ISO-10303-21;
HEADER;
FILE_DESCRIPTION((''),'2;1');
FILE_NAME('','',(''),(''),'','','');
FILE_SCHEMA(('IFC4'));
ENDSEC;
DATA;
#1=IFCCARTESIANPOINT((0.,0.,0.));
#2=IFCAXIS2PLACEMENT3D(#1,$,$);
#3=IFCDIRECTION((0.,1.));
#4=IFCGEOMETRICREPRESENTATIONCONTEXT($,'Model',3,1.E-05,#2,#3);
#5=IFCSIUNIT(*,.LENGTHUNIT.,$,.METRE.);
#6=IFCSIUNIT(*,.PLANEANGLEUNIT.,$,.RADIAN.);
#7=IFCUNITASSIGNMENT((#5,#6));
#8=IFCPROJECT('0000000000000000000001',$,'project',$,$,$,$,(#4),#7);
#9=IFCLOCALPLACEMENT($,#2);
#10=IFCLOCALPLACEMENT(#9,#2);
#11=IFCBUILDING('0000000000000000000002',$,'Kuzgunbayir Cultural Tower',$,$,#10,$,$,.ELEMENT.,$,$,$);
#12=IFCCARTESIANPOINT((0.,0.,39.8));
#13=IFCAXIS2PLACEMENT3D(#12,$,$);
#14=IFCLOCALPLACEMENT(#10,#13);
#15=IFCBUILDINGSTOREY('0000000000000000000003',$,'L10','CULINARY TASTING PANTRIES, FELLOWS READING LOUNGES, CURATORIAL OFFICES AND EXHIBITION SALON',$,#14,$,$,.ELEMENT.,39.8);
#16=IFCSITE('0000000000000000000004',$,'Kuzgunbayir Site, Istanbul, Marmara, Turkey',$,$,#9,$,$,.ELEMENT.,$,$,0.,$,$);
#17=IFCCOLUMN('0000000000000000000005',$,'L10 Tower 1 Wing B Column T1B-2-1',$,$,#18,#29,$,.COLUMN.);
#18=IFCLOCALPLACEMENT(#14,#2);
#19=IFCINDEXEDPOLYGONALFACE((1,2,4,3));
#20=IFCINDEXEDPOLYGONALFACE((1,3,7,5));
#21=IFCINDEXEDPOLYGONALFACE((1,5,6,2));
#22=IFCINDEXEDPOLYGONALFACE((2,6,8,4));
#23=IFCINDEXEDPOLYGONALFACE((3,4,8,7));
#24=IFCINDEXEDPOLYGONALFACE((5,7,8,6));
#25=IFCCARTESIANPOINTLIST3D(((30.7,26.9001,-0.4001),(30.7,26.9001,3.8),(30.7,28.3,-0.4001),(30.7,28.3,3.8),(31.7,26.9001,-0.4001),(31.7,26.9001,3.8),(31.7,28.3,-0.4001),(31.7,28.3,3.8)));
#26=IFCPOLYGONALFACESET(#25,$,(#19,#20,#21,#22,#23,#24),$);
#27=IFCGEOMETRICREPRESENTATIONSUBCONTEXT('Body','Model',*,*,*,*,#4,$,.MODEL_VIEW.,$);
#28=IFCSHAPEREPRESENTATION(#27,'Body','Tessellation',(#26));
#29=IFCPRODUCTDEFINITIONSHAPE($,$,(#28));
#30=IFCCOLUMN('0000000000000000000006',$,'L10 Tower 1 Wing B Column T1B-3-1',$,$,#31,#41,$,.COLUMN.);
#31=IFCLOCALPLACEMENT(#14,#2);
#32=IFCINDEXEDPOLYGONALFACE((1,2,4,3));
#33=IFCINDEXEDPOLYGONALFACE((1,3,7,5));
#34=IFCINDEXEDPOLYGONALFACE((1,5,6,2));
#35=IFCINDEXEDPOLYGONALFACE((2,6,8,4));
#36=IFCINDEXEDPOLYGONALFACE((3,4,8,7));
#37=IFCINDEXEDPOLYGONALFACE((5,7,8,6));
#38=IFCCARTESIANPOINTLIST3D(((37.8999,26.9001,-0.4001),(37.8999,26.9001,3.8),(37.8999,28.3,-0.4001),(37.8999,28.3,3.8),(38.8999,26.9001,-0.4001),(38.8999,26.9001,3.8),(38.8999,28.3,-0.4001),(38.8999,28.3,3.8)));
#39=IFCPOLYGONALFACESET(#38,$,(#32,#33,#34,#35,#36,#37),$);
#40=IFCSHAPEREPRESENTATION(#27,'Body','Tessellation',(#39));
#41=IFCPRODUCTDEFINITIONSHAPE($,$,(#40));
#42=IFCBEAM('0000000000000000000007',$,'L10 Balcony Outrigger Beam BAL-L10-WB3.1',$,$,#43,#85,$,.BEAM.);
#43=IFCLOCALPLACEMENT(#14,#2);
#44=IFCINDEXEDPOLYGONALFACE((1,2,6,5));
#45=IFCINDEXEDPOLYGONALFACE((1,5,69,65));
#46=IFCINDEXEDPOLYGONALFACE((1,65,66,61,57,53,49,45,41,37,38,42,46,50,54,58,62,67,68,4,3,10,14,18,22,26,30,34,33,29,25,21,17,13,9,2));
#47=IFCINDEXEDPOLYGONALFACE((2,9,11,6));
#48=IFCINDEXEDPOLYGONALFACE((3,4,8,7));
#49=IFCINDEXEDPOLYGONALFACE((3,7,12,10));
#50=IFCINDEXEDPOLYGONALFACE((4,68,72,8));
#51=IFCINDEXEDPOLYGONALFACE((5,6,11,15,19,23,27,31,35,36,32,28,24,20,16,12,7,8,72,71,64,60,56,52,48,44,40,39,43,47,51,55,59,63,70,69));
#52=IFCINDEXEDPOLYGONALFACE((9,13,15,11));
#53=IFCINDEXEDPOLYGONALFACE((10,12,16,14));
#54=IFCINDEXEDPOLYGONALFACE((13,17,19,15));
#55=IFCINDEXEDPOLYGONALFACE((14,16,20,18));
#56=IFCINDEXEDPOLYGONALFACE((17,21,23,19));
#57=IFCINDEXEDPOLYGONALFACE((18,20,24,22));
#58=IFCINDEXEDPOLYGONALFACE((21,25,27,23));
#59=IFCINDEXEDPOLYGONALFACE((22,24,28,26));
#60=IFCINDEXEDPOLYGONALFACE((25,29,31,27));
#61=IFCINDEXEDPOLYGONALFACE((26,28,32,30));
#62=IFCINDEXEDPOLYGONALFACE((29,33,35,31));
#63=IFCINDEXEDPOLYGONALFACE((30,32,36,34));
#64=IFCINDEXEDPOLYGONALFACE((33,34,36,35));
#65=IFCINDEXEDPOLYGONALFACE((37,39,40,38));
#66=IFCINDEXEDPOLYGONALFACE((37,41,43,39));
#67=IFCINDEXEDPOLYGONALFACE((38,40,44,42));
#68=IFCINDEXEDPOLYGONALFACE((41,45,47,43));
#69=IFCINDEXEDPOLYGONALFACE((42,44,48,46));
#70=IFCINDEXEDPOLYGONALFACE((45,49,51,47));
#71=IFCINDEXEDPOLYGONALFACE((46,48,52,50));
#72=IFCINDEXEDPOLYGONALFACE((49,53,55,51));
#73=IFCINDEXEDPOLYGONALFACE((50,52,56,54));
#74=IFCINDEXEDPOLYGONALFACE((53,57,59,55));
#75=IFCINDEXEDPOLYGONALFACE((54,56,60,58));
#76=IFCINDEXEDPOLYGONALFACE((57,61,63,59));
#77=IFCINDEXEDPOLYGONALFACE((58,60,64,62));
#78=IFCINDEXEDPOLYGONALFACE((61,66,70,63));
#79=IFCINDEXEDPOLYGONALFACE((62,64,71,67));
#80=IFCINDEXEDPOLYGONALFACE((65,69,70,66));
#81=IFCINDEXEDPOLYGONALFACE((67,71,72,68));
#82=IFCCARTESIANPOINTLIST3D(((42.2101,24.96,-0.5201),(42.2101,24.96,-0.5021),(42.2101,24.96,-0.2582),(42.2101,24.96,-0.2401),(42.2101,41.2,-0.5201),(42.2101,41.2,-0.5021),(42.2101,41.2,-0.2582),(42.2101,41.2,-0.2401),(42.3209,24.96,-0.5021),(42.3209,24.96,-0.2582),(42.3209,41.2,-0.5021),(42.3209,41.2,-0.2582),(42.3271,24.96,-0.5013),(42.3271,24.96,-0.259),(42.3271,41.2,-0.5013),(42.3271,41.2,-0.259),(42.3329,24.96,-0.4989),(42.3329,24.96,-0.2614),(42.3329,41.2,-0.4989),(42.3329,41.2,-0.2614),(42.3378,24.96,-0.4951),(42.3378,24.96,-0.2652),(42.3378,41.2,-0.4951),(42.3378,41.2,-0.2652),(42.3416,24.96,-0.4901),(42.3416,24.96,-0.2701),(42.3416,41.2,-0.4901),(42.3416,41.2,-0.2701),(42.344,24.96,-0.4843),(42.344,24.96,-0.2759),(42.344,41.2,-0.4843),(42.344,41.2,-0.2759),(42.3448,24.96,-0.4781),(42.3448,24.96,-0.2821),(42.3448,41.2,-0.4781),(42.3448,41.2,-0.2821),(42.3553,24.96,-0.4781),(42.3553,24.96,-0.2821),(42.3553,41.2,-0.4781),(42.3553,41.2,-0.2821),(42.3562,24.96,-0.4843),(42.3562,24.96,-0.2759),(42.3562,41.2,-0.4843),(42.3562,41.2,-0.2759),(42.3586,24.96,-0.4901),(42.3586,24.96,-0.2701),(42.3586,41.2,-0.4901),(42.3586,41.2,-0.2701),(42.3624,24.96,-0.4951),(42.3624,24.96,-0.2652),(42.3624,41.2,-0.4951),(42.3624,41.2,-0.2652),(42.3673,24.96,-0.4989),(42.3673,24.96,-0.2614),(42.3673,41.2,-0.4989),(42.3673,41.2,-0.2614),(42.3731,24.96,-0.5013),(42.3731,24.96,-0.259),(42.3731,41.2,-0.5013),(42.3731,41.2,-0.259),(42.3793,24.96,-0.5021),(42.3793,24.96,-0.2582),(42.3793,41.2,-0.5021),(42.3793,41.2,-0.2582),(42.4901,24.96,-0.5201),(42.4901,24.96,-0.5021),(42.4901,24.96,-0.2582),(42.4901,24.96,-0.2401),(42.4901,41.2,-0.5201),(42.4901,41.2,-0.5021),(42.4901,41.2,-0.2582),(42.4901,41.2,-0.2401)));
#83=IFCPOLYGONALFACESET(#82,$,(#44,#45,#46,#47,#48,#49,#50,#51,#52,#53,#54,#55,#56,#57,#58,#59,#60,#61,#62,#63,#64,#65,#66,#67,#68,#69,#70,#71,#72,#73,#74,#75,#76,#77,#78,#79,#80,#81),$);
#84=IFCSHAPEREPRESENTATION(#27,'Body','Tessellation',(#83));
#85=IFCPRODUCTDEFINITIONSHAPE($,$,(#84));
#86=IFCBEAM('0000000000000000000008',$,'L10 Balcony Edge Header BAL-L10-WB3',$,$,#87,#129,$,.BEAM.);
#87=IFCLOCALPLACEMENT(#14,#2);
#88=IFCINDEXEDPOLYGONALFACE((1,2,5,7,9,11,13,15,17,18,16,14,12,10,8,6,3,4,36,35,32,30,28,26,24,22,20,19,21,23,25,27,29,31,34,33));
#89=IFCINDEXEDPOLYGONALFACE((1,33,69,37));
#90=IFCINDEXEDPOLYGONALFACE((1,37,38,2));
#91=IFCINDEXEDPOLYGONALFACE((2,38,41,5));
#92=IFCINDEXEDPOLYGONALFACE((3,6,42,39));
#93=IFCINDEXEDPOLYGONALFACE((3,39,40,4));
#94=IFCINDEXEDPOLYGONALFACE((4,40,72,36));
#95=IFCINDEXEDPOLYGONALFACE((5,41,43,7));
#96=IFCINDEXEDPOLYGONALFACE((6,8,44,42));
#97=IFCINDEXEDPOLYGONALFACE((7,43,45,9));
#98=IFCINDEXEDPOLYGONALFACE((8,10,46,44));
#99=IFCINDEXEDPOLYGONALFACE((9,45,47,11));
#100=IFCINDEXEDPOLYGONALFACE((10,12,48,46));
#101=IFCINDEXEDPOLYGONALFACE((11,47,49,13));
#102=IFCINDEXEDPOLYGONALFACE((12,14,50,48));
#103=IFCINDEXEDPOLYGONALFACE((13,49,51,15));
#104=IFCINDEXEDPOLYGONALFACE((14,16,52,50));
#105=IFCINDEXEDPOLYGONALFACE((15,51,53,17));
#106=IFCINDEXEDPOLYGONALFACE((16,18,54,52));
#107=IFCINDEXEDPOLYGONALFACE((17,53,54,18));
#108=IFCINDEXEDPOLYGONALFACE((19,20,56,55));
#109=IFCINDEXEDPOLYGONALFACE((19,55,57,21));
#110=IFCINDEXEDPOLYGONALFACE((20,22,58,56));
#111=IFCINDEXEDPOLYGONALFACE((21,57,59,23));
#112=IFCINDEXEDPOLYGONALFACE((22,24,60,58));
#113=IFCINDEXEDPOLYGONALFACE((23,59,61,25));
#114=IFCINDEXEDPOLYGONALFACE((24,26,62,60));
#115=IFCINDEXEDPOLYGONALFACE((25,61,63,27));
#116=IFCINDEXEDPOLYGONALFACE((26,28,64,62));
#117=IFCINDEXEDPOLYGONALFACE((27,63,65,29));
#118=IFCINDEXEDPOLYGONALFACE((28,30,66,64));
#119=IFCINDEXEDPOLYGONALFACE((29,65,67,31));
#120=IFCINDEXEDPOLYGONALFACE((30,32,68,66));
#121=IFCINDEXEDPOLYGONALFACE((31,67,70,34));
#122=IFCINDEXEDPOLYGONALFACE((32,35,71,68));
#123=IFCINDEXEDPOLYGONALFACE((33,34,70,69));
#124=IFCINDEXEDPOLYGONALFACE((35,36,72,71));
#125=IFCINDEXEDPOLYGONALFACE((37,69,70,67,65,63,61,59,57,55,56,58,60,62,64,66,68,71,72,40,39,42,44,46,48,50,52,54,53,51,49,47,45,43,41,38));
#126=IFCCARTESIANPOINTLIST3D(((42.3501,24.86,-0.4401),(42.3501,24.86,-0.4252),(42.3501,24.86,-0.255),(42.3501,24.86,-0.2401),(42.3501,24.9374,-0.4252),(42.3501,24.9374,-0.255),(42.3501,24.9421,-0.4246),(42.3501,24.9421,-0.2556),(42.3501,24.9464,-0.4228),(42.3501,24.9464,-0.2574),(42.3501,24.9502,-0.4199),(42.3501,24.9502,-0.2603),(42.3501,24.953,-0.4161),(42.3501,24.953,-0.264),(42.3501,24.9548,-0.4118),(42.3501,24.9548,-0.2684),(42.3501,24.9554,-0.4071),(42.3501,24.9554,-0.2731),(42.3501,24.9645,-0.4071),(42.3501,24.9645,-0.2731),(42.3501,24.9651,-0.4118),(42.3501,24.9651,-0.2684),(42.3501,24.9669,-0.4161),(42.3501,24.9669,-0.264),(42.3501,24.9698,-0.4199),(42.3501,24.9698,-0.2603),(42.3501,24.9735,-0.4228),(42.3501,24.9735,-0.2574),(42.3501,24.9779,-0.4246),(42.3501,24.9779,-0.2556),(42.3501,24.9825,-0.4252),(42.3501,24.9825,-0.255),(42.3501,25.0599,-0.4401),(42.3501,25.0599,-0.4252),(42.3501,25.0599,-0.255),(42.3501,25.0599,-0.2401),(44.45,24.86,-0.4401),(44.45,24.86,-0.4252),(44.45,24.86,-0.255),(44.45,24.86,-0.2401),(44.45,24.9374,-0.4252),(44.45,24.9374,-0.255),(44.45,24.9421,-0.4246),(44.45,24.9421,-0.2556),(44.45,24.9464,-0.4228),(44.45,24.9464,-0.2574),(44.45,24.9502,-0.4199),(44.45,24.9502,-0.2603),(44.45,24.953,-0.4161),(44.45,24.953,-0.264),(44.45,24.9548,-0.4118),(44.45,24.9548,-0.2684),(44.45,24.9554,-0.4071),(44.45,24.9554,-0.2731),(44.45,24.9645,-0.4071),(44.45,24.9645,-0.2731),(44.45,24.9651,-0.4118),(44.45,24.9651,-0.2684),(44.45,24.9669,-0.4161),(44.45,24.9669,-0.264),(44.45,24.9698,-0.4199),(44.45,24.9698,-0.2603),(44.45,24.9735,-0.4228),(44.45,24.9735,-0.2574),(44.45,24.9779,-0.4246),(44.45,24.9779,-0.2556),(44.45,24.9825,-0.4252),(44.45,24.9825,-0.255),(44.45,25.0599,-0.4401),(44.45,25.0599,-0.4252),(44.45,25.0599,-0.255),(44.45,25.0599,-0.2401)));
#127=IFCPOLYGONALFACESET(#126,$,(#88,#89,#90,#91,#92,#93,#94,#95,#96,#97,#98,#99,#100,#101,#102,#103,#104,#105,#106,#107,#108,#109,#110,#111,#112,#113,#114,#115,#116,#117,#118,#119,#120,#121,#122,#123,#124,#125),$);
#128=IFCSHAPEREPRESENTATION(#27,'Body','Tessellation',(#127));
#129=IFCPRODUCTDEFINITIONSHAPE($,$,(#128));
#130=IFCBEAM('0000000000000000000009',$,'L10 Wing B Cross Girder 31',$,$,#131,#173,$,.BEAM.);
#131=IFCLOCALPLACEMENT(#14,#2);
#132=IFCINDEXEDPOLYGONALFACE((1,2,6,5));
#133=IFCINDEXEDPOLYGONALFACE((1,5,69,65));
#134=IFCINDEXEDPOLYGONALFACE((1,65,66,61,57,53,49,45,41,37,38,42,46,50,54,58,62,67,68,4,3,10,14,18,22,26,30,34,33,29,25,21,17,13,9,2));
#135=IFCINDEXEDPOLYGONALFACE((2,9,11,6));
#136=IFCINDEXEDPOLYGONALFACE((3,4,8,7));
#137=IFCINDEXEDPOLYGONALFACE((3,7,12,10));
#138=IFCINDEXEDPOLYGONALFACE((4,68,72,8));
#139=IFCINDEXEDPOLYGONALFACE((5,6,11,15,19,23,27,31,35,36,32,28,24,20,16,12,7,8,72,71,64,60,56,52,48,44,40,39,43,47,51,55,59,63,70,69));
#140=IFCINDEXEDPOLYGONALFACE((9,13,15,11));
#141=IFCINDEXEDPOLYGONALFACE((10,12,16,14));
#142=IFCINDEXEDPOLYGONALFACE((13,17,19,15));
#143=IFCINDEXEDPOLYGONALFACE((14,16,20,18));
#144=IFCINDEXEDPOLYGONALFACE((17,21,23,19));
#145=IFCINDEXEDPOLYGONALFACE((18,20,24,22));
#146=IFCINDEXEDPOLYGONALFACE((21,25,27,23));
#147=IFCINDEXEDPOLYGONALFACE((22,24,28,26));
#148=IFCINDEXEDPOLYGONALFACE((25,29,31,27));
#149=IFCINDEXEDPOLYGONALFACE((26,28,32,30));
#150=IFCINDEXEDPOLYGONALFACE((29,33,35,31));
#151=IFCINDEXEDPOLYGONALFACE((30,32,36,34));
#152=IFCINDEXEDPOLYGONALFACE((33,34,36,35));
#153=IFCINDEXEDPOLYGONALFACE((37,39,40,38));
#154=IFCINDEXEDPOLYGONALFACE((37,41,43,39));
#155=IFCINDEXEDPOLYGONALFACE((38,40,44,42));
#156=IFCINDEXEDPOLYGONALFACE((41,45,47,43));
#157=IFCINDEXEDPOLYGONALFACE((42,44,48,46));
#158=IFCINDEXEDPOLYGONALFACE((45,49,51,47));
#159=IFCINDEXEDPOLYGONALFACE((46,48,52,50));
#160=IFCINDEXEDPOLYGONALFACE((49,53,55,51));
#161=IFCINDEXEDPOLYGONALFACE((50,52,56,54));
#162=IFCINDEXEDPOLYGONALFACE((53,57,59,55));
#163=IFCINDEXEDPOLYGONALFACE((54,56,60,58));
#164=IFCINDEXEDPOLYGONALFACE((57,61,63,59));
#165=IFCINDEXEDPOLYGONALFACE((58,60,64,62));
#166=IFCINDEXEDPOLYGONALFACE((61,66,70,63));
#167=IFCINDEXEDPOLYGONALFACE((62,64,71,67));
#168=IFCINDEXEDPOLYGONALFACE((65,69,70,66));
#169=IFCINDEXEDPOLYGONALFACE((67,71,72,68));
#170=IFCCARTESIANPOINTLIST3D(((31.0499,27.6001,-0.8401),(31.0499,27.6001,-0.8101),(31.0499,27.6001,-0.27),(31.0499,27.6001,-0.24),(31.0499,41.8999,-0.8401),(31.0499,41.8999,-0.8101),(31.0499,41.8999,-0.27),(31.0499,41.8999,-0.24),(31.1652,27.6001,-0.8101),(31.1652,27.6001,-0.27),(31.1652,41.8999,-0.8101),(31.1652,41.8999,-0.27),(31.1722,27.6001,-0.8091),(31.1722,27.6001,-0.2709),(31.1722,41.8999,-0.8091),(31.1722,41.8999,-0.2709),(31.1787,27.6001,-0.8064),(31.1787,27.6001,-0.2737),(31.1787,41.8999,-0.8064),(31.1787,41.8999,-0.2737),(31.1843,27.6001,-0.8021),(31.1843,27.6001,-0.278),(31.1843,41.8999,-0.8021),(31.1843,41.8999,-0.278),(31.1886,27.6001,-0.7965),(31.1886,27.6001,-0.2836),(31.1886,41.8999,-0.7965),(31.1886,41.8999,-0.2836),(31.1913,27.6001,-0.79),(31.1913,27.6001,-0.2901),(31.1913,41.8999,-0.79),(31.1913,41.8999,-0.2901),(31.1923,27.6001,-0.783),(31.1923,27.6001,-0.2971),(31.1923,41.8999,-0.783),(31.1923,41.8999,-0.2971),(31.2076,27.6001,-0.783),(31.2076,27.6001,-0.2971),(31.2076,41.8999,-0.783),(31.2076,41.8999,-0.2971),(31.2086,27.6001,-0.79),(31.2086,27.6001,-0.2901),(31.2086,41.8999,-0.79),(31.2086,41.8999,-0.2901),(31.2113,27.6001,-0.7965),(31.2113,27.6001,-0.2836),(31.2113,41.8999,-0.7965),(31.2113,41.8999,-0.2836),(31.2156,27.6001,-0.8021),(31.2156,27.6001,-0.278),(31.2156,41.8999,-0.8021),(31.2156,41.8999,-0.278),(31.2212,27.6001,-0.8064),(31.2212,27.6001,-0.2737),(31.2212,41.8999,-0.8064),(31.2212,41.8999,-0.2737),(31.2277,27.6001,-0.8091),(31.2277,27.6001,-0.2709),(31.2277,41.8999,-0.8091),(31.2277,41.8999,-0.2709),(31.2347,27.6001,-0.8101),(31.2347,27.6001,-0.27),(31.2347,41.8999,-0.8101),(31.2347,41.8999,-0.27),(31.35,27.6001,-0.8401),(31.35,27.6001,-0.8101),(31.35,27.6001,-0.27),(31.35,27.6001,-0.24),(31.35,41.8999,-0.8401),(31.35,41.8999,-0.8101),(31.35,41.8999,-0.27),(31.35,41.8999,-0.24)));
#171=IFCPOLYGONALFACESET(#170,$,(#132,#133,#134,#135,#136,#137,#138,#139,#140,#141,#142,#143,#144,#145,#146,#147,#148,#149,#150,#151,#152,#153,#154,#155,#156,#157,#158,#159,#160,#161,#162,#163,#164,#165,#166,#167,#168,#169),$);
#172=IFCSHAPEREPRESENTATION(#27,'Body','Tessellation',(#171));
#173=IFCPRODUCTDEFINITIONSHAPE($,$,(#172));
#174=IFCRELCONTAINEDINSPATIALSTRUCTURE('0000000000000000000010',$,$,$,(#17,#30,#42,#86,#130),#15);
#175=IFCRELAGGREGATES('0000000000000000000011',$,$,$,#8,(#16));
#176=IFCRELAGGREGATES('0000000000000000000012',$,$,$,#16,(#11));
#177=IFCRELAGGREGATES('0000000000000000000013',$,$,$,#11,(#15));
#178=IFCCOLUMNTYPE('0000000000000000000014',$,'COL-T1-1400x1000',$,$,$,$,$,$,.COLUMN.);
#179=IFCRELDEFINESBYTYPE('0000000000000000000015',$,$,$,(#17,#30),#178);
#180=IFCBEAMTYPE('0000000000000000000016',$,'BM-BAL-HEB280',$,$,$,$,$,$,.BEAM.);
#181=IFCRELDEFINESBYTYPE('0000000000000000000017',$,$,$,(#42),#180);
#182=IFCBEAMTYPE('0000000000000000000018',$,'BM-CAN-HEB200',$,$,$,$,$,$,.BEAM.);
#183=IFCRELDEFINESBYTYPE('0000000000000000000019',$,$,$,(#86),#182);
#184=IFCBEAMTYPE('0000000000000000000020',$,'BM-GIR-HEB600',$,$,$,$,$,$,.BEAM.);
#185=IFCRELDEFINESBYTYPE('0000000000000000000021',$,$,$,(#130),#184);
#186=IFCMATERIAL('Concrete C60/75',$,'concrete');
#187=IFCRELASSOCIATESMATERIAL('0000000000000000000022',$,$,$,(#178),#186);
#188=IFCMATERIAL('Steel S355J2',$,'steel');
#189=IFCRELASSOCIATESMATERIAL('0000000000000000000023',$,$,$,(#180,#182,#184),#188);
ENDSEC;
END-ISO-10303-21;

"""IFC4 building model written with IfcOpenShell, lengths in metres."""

from ifc_helpers import new_model, si_unit, direction, frame, origin, origin_2d, place, context, subcontext, project, spatial, rectangle, i_section, extrude, material, material_profile, profile_set, type_object, element, save


model = new_model("IFC4")

# Units and contexts
model_context = context("Model", 3, precision=1e-05, world=origin(), true_north=direction((0.0, 1.0)))
body_context = subcontext(model_context, "Body", "Model", "MODEL_VIEW")
ifc_project = project(units=[si_unit("LENGTHUNIT", "METRE"), si_unit("PLANEANGLEUNIT", "RADIAN")], contexts=[model_context])

# Site, building, storey
site_placement = place(None, origin())
site = spatial("IfcSite", under=ifc_project, at=site_placement, Name="Kuzgunbayir Site, Istanbul, Marmara, Turkey", CompositionType="ELEMENT", RefElevation=0.0)
building_placement = place(site_placement, origin())
building = spatial("IfcBuilding", under=site, at=building_placement, Name="Kuzgunbayir Cultural Tower", CompositionType="ELEMENT")
storey_placement = place(building_placement, frame((0.0, 0.0, 39.8)))
storey = spatial("IfcBuildingStorey", under=building, at=storey_placement, Name="L10", Description="CULINARY TASTING PANTRIES, FELLOWS READING LOUNGES, CURATORIAL OFFICES AND EXHIBITION SALON", CompositionType="ELEMENT", Elevation=39.8)

# Columns
ifc_material_1 = material(Name="Concrete C60/75", Category="concrete")
ifc_material_profile_1 = material_profile(ifc_material_1, rectangle(XDim=1.0, YDim=1.3999, at=origin_2d()), Name="RC 1400x1000")
ifc_profile_set_1 = profile_set([ifc_material_profile_1], Name="Concrete C60/75")
column_type = type_object("IfcColumnType", Name="COL-T1-1400x1000", PredefinedType="COLUMN", material=ifc_profile_set_1)
for number, where, z_axis, x_axis, name in (
    (1, (31.2, 27.6001, -0.4001), (0.0, 0.0, 1.0), (1.0, 0.0, 0.0), "L10 Tower 1 Wing B Column T1B-2-1"),
    (2, (38.3999, 27.6001, -0.4001), (0.0, 0.0, 1.0), (1.0, 0.0, 0.0), "L10 Tower 1 Wing B Column T1B-3-1"),
):
    element("IfcColumn", number, at=place(storey_placement, frame(where, z_axis=z_axis, x_axis=x_axis)), inside=storey, type_object=column_type, Name=name, PredefinedType="COLUMN", context=body_context, shape_type="SweptSolid", body=[
        extrude(rectangle(XDim=1.0, YDim=1.3999, at=origin_2d()), origin(), (0.0, 0.0, 1.0), 4.2002),
    ])

# Beams
ifc_material_2 = material(Name="Steel S355J2", Category="steel")
ifc_material_profile_2 = material_profile(ifc_material_2, i_section(OverallWidth=0.28, OverallDepth=0.28, WebThickness=0.0105, FlangeThickness=0.0181, FilletRadius=0.0239, at=origin_2d()), Name="HEB 280")
ifc_profile_set_2 = profile_set([ifc_material_profile_2], Name="Steel S355J2")
beam_type_1 = type_object("IfcBeamType", Name="BM-BAL-HEB280", PredefinedType="BEAM", material=ifc_profile_set_2)
beam_1_placement = place(storey_placement, frame((42.3501, 24.96, -0.3801), z_axis=(0.0, 1.0, 0.0), x_axis=(-1.0, 0.0, 0.0)))
element("IfcBeam", 3, at=beam_1_placement, inside=storey, type_object=beam_type_1, Name="L10 Balcony Outrigger Beam BAL-L10-WB3.1", PredefinedType="BEAM", context=body_context, shape_type="SweptSolid", body=[
    extrude(i_section(OverallWidth=0.28, OverallDepth=0.28, WebThickness=0.0105, FlangeThickness=0.0181, FilletRadius=0.0239, at=origin_2d()), origin(), (0.0, 0.0, 1.0), 16.24),
])
ifc_material_profile_3 = material_profile(ifc_material_2, i_section(OverallWidth=0.2, OverallDepth=0.2, WebThickness=0.009, FlangeThickness=0.0149, FilletRadius=0.0181, at=origin_2d()), Name="HEB 200")
ifc_profile_set_3 = profile_set([ifc_material_profile_3], Name="Steel S355J2")
beam_type_2 = type_object("IfcBeamType", Name="BM-CAN-HEB200", PredefinedType="BEAM", material=ifc_profile_set_3)
beam_2_placement = place(storey_placement, frame((42.3501, 24.96, -0.3401), z_axis=(1.0, 0.0, 0.0), x_axis=(0.0, 1.0, 0.0)))
element("IfcBeam", 4, at=beam_2_placement, inside=storey, type_object=beam_type_2, Name="L10 Balcony Edge Header BAL-L10-WB3", PredefinedType="BEAM", context=body_context, shape_type="SweptSolid", body=[
    extrude(i_section(OverallWidth=0.2, OverallDepth=0.2, WebThickness=0.009, FlangeThickness=0.0149, FilletRadius=0.0181, at=origin_2d()), origin(), (0.0, 0.0, 1.0), 2.0999),
])
ifc_material_profile_4 = material_profile(ifc_material_2, i_section(OverallWidth=0.3, OverallDepth=0.6001, WebThickness=0.0154, FlangeThickness=0.03, FilletRadius=0.0271, at=origin_2d()), Name="HEB 600")
ifc_profile_set_4 = profile_set([ifc_material_profile_4], Name="Steel S355J2")
beam_type_3 = type_object("IfcBeamType", Name="BM-GIR-HEB600", PredefinedType="BEAM", material=ifc_profile_set_4)
beam_3_placement = place(storey_placement, frame((31.2, 27.6001, -0.54), z_axis=(0.0, 1.0, 0.0), x_axis=(-1.0, 0.0, 0.0)))
element("IfcBeam", 5, at=beam_3_placement, inside=storey, type_object=beam_type_3, Name="L10 Wing B Cross Girder 31", PredefinedType="BEAM", context=body_context, shape_type="SweptSolid", body=[
    extrude(i_section(OverallWidth=0.3, OverallDepth=0.6001, WebThickness=0.0154, FlangeThickness=0.03, FilletRadius=0.0271, at=origin_2d()), origin(), (0.0, 0.0, 1.0), 14.2998),
])

save(model, "model.ifc")
